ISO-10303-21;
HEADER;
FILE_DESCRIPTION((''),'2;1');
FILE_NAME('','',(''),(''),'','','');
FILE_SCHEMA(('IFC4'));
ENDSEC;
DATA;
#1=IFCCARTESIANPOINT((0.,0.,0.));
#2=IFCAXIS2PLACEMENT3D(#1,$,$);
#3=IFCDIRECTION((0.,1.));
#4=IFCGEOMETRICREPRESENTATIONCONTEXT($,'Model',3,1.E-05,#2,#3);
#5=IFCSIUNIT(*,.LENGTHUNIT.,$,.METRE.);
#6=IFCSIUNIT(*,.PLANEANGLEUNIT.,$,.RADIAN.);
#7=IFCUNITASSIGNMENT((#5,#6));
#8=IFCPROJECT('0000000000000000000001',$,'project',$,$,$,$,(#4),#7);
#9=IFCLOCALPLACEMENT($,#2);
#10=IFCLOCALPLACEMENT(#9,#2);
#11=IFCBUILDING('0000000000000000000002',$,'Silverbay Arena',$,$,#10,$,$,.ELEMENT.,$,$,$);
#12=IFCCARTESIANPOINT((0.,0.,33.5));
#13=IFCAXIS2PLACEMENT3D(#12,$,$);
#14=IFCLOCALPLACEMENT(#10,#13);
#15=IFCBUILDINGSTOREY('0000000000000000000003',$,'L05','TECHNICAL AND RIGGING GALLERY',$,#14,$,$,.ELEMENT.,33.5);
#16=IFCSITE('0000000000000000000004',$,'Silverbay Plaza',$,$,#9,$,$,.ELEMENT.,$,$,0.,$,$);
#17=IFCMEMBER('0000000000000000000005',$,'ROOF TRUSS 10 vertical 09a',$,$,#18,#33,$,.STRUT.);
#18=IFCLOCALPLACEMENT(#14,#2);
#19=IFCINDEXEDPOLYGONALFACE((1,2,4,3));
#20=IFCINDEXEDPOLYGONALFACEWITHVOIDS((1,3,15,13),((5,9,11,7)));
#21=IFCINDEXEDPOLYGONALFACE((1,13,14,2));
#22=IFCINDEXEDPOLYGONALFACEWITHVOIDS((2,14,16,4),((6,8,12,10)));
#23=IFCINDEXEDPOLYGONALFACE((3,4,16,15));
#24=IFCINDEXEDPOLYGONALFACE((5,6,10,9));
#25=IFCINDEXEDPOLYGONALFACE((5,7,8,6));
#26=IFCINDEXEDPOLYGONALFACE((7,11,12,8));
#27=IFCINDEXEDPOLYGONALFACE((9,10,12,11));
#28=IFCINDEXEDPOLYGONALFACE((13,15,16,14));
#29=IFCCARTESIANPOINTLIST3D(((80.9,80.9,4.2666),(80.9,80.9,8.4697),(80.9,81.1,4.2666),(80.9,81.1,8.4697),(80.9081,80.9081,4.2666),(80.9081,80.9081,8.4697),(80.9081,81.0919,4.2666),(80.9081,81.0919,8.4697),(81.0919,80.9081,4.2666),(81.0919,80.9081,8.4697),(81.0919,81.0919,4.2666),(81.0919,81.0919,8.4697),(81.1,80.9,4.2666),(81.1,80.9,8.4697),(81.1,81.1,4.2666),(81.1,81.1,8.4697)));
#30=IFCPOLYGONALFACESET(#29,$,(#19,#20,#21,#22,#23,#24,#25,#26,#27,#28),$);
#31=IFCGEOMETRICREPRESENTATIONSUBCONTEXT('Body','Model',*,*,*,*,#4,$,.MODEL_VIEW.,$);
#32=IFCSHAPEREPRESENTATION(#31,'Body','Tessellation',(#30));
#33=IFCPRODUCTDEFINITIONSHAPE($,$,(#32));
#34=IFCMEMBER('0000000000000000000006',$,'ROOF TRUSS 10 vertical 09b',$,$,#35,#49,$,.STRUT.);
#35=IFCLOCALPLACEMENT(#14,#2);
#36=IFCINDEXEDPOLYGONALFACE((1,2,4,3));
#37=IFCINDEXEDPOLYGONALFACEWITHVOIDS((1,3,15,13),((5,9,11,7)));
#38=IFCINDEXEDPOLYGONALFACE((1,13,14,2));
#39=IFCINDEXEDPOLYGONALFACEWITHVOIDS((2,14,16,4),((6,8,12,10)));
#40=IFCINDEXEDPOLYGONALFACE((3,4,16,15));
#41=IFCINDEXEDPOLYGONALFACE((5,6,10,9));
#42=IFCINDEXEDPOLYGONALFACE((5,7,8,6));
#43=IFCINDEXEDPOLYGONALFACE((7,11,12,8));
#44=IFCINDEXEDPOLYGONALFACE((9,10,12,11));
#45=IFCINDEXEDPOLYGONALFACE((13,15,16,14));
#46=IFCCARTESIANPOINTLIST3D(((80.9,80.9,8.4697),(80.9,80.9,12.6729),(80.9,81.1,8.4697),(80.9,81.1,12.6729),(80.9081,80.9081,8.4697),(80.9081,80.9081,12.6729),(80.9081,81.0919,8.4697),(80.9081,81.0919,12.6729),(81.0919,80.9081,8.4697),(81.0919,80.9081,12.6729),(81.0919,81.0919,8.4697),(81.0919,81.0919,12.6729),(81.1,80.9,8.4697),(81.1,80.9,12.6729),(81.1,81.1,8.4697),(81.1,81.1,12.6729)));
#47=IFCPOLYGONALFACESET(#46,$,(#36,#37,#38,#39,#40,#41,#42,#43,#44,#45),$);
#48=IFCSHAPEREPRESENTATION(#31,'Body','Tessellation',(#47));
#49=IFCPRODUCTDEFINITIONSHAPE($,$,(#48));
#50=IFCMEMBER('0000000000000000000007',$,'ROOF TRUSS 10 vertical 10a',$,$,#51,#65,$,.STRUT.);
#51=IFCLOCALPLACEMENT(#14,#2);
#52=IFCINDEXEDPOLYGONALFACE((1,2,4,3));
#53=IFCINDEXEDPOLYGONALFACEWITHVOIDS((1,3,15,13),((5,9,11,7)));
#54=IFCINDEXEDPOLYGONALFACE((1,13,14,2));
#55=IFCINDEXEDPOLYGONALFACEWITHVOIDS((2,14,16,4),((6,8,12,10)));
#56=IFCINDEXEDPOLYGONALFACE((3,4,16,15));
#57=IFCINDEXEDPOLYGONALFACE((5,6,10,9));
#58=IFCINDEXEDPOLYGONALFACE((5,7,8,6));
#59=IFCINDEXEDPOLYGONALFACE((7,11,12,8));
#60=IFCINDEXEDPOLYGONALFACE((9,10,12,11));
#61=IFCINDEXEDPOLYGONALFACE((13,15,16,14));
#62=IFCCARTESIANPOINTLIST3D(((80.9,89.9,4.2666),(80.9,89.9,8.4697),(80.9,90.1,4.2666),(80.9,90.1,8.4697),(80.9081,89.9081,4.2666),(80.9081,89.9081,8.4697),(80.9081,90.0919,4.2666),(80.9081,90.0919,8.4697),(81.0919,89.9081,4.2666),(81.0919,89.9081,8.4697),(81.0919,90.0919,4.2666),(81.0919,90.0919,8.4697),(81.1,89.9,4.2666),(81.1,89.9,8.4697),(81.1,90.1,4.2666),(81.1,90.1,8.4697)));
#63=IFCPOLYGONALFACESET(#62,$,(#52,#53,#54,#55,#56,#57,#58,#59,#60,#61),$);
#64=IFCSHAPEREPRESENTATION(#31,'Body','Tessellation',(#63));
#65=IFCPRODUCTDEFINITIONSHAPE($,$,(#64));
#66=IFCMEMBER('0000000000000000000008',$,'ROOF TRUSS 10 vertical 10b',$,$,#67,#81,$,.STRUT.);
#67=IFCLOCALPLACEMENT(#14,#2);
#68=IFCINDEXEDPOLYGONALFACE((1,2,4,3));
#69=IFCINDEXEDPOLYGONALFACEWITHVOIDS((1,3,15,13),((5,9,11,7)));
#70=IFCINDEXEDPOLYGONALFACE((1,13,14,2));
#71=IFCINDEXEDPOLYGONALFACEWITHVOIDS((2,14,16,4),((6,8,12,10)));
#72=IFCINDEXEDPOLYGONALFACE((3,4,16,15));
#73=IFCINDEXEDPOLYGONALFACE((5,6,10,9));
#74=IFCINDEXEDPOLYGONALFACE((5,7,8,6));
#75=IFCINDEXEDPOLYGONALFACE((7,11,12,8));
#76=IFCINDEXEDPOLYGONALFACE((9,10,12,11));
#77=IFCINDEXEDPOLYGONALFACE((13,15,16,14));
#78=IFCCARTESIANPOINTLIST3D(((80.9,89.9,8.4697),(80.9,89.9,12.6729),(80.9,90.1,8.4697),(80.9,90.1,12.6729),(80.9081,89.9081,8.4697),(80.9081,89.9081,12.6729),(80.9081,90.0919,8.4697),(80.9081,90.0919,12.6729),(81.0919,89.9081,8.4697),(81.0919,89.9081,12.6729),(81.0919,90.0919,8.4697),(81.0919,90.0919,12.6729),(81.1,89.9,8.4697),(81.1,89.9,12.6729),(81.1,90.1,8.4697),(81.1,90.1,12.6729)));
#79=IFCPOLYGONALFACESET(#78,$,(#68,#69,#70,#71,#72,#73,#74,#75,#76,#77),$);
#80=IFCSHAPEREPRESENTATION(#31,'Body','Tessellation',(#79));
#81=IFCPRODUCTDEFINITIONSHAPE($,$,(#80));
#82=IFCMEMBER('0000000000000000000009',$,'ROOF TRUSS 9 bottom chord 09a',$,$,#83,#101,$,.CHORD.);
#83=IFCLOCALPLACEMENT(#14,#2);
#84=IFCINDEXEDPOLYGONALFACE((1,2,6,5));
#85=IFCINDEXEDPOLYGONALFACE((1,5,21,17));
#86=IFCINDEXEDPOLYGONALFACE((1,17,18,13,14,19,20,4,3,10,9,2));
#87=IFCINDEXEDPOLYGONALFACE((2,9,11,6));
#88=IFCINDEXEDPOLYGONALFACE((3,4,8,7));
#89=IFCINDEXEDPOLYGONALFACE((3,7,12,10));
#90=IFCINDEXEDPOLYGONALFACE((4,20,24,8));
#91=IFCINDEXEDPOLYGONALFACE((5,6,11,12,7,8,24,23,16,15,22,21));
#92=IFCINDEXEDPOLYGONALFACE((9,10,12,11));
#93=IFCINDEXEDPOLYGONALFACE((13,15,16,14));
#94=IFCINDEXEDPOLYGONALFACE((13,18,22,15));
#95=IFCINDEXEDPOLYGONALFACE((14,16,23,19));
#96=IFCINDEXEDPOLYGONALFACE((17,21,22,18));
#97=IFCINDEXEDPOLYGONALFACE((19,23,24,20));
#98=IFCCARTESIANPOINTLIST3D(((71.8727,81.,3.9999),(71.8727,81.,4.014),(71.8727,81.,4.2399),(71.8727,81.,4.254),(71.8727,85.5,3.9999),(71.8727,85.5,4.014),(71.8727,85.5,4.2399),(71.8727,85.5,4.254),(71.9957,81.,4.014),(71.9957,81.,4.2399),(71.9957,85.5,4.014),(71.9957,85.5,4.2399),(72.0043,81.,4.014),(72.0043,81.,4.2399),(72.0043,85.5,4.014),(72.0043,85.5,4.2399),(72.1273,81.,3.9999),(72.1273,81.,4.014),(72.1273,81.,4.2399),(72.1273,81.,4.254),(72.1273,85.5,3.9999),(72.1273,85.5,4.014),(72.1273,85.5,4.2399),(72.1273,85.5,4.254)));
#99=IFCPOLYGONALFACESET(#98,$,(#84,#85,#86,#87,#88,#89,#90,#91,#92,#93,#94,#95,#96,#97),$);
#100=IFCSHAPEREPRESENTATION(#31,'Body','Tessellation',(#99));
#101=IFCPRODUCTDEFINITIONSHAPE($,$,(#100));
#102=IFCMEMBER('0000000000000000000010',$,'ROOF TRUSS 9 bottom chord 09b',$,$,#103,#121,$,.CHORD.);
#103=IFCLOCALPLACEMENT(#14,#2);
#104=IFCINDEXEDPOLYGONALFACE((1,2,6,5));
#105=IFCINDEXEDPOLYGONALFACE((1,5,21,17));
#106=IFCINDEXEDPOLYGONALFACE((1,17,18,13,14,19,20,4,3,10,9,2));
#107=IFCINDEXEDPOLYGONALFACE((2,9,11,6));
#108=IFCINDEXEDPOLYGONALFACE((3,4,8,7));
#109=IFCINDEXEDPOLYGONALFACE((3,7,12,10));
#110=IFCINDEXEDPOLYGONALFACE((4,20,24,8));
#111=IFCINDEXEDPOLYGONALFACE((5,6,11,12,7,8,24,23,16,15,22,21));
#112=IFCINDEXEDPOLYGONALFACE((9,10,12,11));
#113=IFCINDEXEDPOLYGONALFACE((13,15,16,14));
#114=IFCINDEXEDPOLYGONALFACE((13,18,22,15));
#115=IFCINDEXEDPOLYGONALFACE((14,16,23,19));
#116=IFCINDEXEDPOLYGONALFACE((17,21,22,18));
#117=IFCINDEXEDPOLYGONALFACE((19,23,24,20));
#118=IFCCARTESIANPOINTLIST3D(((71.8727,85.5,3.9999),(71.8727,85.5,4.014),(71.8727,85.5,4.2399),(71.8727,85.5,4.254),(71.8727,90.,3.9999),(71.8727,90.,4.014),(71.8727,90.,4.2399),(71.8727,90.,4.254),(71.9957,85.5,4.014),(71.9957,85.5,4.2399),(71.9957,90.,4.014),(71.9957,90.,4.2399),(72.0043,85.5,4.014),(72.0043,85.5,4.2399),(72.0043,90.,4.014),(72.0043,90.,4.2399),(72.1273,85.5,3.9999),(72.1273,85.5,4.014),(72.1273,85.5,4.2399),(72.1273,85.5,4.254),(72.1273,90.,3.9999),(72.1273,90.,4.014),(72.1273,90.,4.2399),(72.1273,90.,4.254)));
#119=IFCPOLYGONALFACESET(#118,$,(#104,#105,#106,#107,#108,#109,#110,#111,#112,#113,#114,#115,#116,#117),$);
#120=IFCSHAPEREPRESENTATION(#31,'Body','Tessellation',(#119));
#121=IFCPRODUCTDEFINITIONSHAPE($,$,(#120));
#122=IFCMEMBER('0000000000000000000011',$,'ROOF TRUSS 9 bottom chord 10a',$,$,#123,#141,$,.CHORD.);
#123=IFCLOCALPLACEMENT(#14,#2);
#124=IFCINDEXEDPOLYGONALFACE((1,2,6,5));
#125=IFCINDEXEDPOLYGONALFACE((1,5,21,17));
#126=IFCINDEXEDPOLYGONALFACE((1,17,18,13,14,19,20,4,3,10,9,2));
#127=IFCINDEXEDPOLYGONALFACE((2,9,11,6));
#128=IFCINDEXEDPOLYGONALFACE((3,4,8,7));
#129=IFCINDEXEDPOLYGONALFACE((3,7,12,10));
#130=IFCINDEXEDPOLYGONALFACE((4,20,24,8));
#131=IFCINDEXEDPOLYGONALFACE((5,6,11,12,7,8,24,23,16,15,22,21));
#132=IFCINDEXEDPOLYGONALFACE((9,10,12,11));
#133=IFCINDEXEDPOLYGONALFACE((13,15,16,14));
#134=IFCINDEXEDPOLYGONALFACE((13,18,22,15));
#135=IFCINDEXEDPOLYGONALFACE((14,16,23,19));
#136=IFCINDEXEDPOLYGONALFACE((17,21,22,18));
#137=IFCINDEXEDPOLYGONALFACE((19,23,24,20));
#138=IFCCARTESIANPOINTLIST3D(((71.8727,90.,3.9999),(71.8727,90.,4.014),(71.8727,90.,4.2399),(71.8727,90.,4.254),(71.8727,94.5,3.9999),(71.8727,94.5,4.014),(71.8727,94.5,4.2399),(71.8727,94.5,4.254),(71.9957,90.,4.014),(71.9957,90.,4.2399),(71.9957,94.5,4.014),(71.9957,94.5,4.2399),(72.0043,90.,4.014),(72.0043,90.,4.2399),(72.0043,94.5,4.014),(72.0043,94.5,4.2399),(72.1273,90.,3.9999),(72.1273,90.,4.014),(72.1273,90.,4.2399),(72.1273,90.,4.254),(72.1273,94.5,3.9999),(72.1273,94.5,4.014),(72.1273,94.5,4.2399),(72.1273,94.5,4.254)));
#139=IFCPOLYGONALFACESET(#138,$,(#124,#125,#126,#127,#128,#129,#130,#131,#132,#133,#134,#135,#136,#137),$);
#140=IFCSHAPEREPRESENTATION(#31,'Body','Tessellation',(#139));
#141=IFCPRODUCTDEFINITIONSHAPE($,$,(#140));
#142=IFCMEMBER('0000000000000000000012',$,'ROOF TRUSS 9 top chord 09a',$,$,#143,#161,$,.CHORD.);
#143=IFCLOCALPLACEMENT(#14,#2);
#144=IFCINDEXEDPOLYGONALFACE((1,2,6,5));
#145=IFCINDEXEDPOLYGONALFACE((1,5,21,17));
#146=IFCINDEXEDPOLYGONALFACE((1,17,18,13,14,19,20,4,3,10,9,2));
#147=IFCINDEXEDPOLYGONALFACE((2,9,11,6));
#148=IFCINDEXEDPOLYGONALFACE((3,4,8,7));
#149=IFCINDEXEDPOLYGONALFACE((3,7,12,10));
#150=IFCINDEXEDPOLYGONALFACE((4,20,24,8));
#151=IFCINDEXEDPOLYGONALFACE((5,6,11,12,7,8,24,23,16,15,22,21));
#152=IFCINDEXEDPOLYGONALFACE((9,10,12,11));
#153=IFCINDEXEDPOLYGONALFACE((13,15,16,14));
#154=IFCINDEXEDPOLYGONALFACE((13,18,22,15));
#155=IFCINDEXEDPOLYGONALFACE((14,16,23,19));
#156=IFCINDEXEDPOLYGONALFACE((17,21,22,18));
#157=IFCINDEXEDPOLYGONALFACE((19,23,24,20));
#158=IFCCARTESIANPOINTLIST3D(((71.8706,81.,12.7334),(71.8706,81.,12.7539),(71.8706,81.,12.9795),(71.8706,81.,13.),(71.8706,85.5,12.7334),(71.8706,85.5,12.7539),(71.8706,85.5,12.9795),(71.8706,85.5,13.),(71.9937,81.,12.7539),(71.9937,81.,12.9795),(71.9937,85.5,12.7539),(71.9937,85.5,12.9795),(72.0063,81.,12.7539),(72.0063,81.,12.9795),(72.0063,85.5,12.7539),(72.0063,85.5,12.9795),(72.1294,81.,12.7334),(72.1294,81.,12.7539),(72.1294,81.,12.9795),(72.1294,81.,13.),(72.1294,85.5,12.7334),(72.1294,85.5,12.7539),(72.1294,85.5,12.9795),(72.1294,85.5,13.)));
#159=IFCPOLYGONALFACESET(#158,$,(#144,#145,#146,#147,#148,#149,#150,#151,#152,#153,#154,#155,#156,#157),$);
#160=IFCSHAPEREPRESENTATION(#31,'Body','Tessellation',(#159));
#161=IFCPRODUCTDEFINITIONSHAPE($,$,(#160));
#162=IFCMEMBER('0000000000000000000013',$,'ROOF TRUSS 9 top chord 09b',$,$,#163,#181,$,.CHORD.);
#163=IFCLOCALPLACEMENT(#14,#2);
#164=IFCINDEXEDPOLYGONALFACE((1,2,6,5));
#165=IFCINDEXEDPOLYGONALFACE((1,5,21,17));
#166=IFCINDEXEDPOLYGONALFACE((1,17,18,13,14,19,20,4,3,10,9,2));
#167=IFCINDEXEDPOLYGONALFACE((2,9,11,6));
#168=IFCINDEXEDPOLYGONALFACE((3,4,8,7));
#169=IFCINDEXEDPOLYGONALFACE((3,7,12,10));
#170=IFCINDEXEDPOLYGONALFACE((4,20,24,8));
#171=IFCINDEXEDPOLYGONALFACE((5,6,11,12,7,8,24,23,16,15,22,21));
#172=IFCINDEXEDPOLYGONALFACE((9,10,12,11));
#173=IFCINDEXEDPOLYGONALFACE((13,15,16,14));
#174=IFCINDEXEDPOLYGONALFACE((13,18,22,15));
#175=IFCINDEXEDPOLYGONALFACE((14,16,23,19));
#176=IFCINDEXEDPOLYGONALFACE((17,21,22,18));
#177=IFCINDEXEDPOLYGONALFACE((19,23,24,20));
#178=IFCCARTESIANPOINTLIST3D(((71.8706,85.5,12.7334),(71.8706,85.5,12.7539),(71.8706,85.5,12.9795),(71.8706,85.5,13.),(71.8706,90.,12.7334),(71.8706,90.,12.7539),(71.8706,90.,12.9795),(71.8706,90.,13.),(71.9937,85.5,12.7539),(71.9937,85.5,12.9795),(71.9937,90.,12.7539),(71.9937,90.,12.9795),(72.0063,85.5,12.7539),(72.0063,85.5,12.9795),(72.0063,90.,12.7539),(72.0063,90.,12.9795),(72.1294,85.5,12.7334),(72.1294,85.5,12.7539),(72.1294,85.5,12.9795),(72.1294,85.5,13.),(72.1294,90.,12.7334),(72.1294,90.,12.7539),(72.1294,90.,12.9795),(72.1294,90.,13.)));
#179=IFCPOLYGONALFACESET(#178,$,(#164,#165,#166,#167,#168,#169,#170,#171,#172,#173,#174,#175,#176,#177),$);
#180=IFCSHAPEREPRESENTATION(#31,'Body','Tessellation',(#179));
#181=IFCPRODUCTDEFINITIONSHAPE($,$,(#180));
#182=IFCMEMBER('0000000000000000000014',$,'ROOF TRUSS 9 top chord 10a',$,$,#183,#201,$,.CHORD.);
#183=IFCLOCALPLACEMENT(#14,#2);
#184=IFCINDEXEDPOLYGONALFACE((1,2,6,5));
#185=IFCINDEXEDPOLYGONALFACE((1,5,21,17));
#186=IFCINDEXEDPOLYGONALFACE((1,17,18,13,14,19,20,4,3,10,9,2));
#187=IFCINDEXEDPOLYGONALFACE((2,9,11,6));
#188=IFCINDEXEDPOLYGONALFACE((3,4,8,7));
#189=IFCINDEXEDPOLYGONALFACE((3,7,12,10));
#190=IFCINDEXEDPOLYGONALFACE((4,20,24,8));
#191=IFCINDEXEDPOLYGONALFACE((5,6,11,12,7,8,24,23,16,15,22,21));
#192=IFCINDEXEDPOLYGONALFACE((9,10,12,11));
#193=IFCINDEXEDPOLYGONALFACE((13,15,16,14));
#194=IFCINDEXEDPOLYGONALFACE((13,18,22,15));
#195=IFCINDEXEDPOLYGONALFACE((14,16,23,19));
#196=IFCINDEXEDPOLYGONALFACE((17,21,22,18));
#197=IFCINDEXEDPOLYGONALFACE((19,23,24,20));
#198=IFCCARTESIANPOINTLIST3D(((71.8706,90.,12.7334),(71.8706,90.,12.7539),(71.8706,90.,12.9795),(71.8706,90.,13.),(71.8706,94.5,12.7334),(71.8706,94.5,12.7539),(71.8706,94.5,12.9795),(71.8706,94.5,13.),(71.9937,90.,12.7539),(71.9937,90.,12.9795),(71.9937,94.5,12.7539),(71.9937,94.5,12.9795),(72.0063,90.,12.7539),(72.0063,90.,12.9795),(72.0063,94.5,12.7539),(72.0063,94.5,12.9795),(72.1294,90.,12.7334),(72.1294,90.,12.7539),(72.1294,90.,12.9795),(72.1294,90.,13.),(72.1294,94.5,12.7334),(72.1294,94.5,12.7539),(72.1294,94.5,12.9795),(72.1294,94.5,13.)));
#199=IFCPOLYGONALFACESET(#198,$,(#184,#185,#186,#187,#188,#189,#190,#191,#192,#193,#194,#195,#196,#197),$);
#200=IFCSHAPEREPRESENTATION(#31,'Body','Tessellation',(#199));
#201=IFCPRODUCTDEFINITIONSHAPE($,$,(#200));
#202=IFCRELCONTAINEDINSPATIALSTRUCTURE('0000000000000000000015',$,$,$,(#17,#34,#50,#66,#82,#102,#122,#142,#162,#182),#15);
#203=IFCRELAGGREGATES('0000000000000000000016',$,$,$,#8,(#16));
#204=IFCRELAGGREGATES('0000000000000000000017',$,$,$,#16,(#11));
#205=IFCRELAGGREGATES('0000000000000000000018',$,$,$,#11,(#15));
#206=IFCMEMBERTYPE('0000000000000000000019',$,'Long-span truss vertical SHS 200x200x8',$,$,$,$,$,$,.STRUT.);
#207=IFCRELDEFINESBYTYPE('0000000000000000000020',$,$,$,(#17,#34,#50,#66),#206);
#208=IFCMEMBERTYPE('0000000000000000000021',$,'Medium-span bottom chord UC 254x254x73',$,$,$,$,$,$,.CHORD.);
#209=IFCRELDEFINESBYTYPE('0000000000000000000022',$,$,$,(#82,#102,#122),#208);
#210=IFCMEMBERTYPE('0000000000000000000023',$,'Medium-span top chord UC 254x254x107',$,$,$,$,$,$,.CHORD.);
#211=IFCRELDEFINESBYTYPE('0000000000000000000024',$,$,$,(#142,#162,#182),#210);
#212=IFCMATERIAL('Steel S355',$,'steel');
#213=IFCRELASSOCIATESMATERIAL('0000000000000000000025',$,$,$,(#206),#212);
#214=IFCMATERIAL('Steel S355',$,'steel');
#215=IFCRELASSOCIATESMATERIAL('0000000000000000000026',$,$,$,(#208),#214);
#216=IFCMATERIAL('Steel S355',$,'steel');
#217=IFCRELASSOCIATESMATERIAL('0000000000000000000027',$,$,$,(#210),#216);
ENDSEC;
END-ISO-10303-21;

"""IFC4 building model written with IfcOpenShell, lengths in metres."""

from ifc_helpers import new_model, si_unit, direction, frame, origin, origin_2d, place, context, subcontext, project, spatial, hollow_rectangle, i_section, extrude, material, material_profile, profile_set, type_object, element, save


model = new_model("IFC4")

# Units and contexts
model_context = context("Model", 3, precision=1e-05, world=origin(), true_north=direction((0.0, 1.0)))
body_context = subcontext(model_context, "Body", "Model", "MODEL_VIEW")
ifc_project = project(units=[si_unit("LENGTHUNIT", "METRE"), si_unit("PLANEANGLEUNIT", "RADIAN")], contexts=[model_context])

# Site, building, storey
site_placement = place(None, origin())
site = spatial("IfcSite", under=ifc_project, at=site_placement, Name="Silverbay Plaza", CompositionType="ELEMENT", RefElevation=0.0)
building_placement = place(site_placement, origin())
building = spatial("IfcBuilding", under=site, at=building_placement, Name="Silverbay Arena", CompositionType="ELEMENT")
storey_placement = place(building_placement, frame((0.0, 0.0, 33.5)))
storey = spatial("IfcBuildingStorey", under=building, at=storey_placement, Name="L05", Description="TECHNICAL AND RIGGING GALLERY", CompositionType="ELEMENT", Elevation=33.5)

# Members
ifc_material_1 = material(Name="Steel S355", Category="steel")
ifc_material_profile_1 = material_profile(ifc_material_1, hollow_rectangle(XDim=0.2, YDim=0.2, WallThickness=0.0081, at=origin_2d()), Name="SHS 200x200x8")
ifc_profile_set_1 = profile_set([ifc_material_profile_1], Name="Steel S355")
member_type_1 = type_object("IfcMemberType", Name="Long-span truss vertical SHS 200x200x8", PredefinedType="STRUT", material=ifc_profile_set_1)
for number, where, z_axis, x_axis, name in (
    (1, (81.0, 81.0, 4.2666), (0.0, 0.0, 1.0), (1.0, 0.0, 0.0), "ROOF TRUSS 10 vertical 09a"),
    (2, (81.0, 81.0, 8.4697), (0.0, 0.0, 1.0), (1.0, 0.0, 0.0), "ROOF TRUSS 10 vertical 09b"),
    (3, (81.0, 90.0, 4.2666), (0.0, 0.0, 1.0), (1.0, 0.0, 0.0), "ROOF TRUSS 10 vertical 10a"),
    (4, (81.0, 90.0, 8.4697), (0.0, 0.0, 1.0), (1.0, 0.0, 0.0), "ROOF TRUSS 10 vertical 10b"),
):
    element("IfcMember", number, at=place(storey_placement, frame(where, z_axis=z_axis, x_axis=x_axis)), inside=storey, type_object=member_type_1, Name=name, PredefinedType="STRUT", context=body_context, shape_type="SweptSolid", body=[
        extrude(hollow_rectangle(XDim=0.2, YDim=0.2, WallThickness=0.0081, at=origin_2d()), origin(), (0.0, 0.0, 1.0), 4.2031),
    ])
ifc_material_2 = material(Name="Steel S355", Category="steel")
ifc_material_profile_2 = material_profile(ifc_material_2, i_section(OverallWidth=0.2546, OverallDepth=0.2542, WebThickness=0.0085, FlangeThickness=0.0142, at=origin_2d()), Name="UC 254x254x73")
ifc_profile_set_2 = profile_set([ifc_material_profile_2], Name="Steel S355")
member_type_2 = type_object("IfcMemberType", Name="Medium-span bottom chord UC 254x254x73", PredefinedType="CHORD", material=ifc_profile_set_2)
for number, where, z_axis, x_axis, name in (
    (5, (72.0, 81.0, 4.127), (0.0, 1.0, 0.0), (-1.0, 0.0, 0.0), "ROOF TRUSS 9 bottom chord 09a"),
    (6, (72.0, 85.5, 4.127), (0.0, 1.0, 0.0), (-1.0, 0.0, 0.0), "ROOF TRUSS 9 bottom chord 09b"),
    (7, (72.0, 90.0, 4.127), (0.0, 1.0, 0.0), (-1.0, 0.0, 0.0), "ROOF TRUSS 9 bottom chord 10a"),
):
    element("IfcMember", number, at=place(storey_placement, frame(where, z_axis=z_axis, x_axis=x_axis)), inside=storey, type_object=member_type_2, Name=name, PredefinedType="CHORD", context=body_context, shape_type="SweptSolid", body=[
        extrude(i_section(OverallWidth=0.2546, OverallDepth=0.2542, WebThickness=0.0085, FlangeThickness=0.0142, at=origin_2d()), origin(), (0.0, 0.0, 1.0), 4.5),
    ])
ifc_material_3 = material(Name="Steel S355", Category="steel")
ifc_material_profile_3 = material_profile(ifc_material_3, i_section(OverallWidth=0.2588, OverallDepth=0.2666, WebThickness=0.0127, FlangeThickness=0.0205, at=origin_2d()), Name="UC 254x254x107")
ifc_profile_set_3 = profile_set([ifc_material_profile_3], Name="Steel S355")
member_type_3 = type_object("IfcMemberType", Name="Medium-span top chord UC 254x254x107", PredefinedType="CHORD", material=ifc_profile_set_3)
for number, where, z_axis, x_axis, name in (
    (8, (72.0, 81.0, 12.8667), (0.0, 1.0, 0.0), (-1.0, 0.0, 0.0), "ROOF TRUSS 9 top chord 09a"),
    (9, (72.0, 85.5, 12.8667), (0.0, 1.0, 0.0), (-1.0, 0.0, 0.0), "ROOF TRUSS 9 top chord 09b"),
    (10, (72.0, 90.0, 12.8667), (0.0, 1.0, 0.0), (-1.0, 0.0, 0.0), "ROOF TRUSS 9 top chord 10a"),
):
    element("IfcMember", number, at=place(storey_placement, frame(where, z_axis=z_axis, x_axis=x_axis)), inside=storey, type_object=member_type_3, Name=name, PredefinedType="CHORD", context=body_context, shape_type="SweptSolid", body=[
        extrude(i_section(OverallWidth=0.2588, OverallDepth=0.2666, WebThickness=0.0127, FlangeThickness=0.0205, at=origin_2d()), origin(), (0.0, 0.0, 1.0), 4.5),
    ])

save(model, "model.ifc")
